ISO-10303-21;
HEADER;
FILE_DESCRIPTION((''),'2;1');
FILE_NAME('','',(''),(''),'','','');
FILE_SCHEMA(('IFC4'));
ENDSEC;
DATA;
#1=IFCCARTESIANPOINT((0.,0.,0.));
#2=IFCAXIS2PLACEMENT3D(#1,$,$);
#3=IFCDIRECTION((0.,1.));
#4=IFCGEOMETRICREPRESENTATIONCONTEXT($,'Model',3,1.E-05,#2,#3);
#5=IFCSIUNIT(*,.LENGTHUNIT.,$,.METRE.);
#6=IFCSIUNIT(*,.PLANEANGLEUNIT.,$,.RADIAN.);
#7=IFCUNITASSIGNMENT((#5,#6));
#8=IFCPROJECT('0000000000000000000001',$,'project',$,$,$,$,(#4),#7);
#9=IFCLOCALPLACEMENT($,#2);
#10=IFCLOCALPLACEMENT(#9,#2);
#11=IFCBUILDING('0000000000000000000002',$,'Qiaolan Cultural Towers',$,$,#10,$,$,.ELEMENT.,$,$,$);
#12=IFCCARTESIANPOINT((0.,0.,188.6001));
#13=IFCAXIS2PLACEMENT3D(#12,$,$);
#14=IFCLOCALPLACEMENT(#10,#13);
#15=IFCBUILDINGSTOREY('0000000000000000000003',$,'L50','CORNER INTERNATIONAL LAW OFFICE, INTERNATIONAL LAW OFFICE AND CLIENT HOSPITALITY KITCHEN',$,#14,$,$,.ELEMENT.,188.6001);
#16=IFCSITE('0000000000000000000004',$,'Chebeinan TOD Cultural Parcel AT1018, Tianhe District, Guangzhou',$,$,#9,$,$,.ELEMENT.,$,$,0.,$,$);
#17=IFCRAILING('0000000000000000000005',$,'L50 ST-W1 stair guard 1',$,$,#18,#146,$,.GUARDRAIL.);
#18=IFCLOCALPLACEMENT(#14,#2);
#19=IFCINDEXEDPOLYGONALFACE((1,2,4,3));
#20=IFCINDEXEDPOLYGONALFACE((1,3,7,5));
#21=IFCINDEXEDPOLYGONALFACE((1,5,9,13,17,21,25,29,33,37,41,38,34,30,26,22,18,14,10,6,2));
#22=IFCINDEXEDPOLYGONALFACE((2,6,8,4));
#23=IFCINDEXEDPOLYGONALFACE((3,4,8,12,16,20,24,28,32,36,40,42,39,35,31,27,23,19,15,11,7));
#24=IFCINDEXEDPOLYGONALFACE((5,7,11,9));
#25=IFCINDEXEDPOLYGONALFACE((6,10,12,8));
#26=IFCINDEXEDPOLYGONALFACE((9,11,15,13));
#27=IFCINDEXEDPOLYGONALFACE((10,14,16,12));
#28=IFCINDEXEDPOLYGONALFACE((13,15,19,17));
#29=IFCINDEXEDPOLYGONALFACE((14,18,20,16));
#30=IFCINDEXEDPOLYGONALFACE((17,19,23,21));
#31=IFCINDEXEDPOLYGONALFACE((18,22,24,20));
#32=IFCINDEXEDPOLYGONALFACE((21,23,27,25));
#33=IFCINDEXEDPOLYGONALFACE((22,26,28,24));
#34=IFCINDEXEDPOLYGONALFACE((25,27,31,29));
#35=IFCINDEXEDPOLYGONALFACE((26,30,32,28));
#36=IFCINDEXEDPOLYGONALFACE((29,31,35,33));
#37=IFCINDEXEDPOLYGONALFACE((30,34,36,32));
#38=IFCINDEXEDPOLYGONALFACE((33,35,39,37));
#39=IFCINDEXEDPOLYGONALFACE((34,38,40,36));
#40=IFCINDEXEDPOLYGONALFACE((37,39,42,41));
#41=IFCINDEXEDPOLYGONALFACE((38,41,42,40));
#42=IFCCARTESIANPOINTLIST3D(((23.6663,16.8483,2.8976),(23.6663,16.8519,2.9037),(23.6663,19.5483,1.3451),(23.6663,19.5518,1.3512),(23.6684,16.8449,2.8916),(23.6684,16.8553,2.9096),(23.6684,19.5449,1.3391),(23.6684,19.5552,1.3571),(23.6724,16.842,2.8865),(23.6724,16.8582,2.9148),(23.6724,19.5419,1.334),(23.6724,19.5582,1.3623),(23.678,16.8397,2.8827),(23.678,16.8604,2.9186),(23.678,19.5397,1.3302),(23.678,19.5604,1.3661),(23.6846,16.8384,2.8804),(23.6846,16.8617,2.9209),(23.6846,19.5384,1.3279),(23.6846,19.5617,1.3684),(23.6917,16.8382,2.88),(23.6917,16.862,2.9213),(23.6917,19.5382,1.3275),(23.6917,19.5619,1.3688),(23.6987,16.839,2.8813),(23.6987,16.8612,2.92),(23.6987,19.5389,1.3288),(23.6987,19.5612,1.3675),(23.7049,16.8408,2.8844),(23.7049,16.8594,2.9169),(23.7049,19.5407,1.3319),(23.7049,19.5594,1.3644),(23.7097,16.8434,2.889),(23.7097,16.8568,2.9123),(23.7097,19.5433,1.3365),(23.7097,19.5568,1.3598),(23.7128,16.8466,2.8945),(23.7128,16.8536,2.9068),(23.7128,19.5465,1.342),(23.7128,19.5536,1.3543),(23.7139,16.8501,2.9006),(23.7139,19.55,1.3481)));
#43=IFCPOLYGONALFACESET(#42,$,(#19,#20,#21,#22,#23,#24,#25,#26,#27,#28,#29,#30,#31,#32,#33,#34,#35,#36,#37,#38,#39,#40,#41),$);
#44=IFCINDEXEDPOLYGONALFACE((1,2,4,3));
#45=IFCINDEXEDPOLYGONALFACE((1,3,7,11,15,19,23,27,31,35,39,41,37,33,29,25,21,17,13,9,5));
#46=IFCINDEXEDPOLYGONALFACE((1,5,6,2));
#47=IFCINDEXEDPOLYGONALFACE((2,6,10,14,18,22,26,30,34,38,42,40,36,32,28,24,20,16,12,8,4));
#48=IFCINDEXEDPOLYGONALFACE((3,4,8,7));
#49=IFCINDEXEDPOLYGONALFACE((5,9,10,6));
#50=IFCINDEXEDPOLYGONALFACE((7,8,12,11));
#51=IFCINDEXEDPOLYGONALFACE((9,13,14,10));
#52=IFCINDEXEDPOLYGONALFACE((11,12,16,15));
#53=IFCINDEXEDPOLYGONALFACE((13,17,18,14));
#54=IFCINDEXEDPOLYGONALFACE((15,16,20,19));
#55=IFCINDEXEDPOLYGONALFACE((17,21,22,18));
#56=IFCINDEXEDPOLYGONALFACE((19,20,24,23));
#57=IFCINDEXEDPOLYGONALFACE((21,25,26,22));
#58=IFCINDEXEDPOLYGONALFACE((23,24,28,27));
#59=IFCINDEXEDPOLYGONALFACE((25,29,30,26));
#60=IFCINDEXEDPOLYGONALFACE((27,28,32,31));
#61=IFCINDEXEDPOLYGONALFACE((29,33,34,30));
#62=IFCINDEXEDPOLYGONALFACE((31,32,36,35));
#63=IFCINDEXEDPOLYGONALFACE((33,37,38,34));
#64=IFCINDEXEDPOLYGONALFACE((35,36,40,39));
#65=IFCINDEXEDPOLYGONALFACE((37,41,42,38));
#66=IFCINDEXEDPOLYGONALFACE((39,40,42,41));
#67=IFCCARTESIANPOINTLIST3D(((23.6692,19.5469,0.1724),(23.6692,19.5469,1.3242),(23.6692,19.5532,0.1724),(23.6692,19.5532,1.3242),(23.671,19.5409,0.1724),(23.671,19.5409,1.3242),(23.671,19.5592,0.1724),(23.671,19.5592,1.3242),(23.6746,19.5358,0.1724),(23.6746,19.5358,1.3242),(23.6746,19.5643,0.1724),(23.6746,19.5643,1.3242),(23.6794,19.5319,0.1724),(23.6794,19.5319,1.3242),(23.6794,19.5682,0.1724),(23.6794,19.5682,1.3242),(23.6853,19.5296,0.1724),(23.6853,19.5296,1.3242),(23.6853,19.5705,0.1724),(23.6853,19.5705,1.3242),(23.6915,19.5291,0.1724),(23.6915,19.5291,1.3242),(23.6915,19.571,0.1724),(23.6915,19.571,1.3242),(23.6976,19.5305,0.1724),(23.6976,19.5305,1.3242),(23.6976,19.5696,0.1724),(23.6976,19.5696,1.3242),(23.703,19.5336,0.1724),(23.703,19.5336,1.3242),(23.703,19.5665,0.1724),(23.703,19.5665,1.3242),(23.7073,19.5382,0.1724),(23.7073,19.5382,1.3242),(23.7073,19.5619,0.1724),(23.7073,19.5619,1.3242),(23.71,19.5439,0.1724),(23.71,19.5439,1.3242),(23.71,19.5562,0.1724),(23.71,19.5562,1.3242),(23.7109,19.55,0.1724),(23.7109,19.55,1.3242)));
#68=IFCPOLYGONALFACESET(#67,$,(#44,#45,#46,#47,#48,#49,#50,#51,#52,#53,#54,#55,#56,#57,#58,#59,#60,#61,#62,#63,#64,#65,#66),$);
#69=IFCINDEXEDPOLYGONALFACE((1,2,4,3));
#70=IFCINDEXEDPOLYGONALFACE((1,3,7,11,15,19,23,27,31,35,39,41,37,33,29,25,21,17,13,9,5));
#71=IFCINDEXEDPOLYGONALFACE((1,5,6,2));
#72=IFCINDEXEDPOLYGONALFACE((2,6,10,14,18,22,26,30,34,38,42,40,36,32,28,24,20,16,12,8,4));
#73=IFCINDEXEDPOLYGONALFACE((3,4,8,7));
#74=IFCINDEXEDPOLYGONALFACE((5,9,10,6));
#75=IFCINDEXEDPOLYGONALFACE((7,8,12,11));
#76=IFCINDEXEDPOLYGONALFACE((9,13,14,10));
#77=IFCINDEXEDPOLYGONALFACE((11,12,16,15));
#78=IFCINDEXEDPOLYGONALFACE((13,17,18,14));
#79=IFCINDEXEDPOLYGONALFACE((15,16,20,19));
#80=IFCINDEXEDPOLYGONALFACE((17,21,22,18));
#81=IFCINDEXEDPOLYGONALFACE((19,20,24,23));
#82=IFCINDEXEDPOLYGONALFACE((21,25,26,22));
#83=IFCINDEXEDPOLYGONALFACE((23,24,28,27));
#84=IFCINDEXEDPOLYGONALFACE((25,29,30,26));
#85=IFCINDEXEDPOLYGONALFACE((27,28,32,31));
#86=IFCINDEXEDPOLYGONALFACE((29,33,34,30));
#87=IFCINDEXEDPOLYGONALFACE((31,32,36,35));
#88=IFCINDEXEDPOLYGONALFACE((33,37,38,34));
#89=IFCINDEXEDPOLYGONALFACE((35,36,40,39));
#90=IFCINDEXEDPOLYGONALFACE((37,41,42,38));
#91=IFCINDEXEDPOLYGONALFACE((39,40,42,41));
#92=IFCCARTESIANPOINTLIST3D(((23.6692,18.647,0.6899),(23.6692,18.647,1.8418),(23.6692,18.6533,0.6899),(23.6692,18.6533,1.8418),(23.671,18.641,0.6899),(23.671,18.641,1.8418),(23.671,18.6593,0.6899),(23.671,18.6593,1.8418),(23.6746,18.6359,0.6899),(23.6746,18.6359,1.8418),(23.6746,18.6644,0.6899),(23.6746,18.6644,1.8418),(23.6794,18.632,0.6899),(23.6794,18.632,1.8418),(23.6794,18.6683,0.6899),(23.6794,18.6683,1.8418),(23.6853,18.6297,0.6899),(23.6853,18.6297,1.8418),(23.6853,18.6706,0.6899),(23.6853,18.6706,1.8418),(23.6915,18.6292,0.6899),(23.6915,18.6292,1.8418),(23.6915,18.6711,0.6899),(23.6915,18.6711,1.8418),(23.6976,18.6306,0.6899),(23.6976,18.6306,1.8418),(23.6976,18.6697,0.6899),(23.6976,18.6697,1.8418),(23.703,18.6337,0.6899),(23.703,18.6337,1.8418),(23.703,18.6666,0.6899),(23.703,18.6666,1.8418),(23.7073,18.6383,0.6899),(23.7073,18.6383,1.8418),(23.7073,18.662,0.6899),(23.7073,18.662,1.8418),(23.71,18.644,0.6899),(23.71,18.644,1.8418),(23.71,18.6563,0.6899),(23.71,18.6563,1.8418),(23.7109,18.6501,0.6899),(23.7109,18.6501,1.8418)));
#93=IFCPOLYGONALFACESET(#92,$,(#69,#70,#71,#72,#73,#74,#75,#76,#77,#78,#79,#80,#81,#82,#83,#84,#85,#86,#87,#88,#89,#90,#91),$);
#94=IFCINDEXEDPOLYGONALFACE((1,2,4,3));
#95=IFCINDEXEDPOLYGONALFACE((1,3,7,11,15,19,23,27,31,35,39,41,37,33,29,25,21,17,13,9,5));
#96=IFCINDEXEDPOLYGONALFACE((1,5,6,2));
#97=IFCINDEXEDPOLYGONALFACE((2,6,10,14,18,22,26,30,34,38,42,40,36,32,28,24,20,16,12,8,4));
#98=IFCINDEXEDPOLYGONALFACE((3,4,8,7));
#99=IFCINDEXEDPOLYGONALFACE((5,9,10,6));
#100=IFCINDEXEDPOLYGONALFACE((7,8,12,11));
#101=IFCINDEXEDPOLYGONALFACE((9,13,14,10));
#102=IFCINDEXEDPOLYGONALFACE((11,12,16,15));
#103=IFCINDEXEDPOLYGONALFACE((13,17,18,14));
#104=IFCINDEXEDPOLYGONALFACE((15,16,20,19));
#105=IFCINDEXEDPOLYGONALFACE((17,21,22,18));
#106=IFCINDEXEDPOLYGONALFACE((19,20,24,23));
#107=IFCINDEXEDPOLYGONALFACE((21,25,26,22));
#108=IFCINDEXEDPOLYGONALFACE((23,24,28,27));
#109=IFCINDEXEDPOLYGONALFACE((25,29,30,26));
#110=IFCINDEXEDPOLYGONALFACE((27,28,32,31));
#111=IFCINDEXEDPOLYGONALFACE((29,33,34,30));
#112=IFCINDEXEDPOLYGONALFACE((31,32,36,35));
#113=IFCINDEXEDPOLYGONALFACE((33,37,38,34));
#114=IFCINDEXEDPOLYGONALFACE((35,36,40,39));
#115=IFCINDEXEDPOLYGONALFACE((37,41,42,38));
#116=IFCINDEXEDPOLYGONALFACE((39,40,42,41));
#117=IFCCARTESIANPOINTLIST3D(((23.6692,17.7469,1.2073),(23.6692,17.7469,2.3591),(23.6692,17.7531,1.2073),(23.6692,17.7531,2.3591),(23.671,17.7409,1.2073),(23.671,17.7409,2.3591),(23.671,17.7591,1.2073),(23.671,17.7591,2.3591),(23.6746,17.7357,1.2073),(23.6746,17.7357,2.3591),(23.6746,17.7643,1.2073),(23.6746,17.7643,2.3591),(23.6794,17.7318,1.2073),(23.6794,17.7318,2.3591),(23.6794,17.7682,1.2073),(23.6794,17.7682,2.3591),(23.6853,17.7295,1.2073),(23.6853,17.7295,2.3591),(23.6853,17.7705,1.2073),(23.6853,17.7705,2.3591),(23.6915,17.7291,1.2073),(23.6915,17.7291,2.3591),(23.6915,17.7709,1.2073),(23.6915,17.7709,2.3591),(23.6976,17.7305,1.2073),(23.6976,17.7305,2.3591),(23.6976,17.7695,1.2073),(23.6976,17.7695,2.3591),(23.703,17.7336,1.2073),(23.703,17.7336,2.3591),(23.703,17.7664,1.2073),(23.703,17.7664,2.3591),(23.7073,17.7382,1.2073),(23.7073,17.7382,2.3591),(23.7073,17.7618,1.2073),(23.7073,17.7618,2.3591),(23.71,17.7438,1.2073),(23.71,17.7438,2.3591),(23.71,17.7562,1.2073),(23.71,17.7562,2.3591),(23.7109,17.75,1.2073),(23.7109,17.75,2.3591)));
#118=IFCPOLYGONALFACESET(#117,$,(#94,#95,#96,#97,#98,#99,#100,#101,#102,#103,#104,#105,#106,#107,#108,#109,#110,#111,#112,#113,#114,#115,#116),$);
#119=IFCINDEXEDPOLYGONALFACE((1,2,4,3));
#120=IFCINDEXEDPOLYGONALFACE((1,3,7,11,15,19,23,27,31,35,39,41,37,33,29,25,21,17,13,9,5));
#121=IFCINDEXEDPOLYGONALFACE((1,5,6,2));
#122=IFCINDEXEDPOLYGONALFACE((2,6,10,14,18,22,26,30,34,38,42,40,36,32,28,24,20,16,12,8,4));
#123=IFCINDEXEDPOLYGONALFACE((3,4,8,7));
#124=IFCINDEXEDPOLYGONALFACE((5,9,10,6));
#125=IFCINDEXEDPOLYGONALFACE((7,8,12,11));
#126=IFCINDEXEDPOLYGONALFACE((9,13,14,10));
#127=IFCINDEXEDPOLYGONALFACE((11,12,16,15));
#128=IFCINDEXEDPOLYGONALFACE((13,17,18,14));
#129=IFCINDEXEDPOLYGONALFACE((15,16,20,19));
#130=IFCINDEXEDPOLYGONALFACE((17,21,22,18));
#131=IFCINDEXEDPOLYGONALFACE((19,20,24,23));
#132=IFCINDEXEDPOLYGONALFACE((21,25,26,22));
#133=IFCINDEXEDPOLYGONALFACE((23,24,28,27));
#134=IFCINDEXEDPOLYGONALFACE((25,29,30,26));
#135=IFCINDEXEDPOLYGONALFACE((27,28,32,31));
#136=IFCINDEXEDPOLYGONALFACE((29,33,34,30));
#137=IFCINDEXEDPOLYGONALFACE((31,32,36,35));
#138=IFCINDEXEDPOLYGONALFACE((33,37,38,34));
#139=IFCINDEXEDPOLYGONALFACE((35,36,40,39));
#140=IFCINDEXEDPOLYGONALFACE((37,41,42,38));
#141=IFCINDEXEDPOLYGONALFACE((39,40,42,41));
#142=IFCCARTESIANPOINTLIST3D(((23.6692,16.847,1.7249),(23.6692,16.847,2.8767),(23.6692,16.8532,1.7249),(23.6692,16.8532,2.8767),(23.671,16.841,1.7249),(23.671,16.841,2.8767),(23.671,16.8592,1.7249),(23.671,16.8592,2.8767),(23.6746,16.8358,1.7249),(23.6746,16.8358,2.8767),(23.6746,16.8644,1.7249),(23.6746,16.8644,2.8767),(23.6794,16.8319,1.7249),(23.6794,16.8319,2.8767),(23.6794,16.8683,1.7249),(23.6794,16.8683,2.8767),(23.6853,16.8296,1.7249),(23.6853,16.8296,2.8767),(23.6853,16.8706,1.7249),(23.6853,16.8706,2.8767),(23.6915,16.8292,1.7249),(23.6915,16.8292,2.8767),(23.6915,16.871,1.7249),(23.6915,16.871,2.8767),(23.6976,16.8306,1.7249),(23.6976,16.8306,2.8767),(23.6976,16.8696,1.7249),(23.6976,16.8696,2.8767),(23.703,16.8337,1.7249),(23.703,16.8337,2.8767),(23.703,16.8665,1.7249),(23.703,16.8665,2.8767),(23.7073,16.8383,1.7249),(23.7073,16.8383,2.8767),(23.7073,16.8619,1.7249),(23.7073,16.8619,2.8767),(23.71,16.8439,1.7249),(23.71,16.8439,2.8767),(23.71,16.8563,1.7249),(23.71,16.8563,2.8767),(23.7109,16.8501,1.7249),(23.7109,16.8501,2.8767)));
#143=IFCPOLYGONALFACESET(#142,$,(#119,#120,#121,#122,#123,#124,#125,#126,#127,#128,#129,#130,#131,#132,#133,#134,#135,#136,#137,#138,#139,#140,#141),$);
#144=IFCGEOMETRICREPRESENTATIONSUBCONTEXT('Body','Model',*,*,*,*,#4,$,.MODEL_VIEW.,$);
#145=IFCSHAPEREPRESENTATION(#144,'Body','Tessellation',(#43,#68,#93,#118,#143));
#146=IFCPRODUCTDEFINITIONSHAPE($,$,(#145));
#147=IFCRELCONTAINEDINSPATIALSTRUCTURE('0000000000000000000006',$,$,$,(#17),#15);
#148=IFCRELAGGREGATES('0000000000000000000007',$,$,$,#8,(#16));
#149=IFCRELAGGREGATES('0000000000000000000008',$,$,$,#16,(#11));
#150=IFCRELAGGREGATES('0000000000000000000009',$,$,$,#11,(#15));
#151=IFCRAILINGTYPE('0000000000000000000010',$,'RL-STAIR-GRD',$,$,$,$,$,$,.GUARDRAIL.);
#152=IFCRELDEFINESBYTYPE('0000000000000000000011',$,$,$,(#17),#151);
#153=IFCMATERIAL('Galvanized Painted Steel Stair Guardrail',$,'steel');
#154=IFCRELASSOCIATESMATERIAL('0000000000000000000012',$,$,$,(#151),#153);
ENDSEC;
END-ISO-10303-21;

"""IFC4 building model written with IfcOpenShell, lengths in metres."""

from ifc_helpers import new_model, si_unit, direction, frame, origin, origin_2d, place, context, subcontext, project, spatial, circle, extrude, material, type_object, element, save


model = new_model("IFC4")

# Units and contexts
model_context = context("Model", 3, precision=1e-05, world=origin(), true_north=direction((0.0, 1.0)))
body_context = subcontext(model_context, "Body", "Model", "MODEL_VIEW")
ifc_project = project(units=[si_unit("LENGTHUNIT", "METRE"), si_unit("PLANEANGLEUNIT", "RADIAN")], contexts=[model_context])

# Site, building, storey
site_placement = place(None, origin())
site = spatial("IfcSite", under=ifc_project, at=site_placement, Name="Chebeinan TOD Cultural Parcel AT1018, Tianhe District, Guangzhou", CompositionType="ELEMENT", RefElevation=0.0)
building_placement = place(site_placement, origin())
building = spatial("IfcBuilding", under=site, at=building_placement, Name="Qiaolan Cultural Towers", CompositionType="ELEMENT")
storey_placement = place(building_placement, frame((0.0, 0.0, 188.6001)))
storey = spatial("IfcBuildingStorey", under=building, at=storey_placement, Name="L50", Description="CORNER INTERNATIONAL LAW OFFICE, INTERNATIONAL LAW OFFICE AND CLIENT HOSPITALITY KITCHEN", CompositionType="ELEMENT", Elevation=188.6001)

# Railing
ifc_material_1 = material(Name="Galvanized Painted Steel Stair Guardrail", Category="steel")
railing_type_1 = type_object("IfcRailingType", Name="RL-STAIR-GRD", PredefinedType="GUARDRAIL", material=ifc_material_1)
railing_1_placement = place(storey_placement, frame((23.6899, 19.55, 0.1724)))
element("IfcRailing", 1, at=railing_1_placement, inside=storey, type_object=railing_type_1, Name="L50 ST-W1 stair guard 1", PredefinedType="GUARDRAIL", context=body_context, shape_type="SweptSolid", body=[
    extrude(circle(Radius=0.0239, at=origin_2d()), frame((0.0, 0.0, 1.1758), z_axis=(0.0, -0.866904, 0.498476), x_axis=(1.0, 0.0, 0.0)), (0.0, 0.0, 1.0), 3.1145),
    extrude(circle(Radius=0.021, at=origin_2d()), origin(), (0.0, 0.0, 1.0), 1.1519),
    extrude(circle(Radius=0.021, at=origin_2d()), frame((0.0, -0.8999, 0.5176)), (0.0, 0.0, 1.0), 1.1519),
    extrude(circle(Radius=0.021, at=origin_2d()), frame((0.0, -1.8, 1.0349)), (0.0, 0.0, 1.0), 1.1519),
    extrude(circle(Radius=0.021, at=origin_2d()), frame((0.0, -2.7, 1.5525)), (0.0, 0.0, 1.0), 1.1519),
])

save(model, "model.ifc")
